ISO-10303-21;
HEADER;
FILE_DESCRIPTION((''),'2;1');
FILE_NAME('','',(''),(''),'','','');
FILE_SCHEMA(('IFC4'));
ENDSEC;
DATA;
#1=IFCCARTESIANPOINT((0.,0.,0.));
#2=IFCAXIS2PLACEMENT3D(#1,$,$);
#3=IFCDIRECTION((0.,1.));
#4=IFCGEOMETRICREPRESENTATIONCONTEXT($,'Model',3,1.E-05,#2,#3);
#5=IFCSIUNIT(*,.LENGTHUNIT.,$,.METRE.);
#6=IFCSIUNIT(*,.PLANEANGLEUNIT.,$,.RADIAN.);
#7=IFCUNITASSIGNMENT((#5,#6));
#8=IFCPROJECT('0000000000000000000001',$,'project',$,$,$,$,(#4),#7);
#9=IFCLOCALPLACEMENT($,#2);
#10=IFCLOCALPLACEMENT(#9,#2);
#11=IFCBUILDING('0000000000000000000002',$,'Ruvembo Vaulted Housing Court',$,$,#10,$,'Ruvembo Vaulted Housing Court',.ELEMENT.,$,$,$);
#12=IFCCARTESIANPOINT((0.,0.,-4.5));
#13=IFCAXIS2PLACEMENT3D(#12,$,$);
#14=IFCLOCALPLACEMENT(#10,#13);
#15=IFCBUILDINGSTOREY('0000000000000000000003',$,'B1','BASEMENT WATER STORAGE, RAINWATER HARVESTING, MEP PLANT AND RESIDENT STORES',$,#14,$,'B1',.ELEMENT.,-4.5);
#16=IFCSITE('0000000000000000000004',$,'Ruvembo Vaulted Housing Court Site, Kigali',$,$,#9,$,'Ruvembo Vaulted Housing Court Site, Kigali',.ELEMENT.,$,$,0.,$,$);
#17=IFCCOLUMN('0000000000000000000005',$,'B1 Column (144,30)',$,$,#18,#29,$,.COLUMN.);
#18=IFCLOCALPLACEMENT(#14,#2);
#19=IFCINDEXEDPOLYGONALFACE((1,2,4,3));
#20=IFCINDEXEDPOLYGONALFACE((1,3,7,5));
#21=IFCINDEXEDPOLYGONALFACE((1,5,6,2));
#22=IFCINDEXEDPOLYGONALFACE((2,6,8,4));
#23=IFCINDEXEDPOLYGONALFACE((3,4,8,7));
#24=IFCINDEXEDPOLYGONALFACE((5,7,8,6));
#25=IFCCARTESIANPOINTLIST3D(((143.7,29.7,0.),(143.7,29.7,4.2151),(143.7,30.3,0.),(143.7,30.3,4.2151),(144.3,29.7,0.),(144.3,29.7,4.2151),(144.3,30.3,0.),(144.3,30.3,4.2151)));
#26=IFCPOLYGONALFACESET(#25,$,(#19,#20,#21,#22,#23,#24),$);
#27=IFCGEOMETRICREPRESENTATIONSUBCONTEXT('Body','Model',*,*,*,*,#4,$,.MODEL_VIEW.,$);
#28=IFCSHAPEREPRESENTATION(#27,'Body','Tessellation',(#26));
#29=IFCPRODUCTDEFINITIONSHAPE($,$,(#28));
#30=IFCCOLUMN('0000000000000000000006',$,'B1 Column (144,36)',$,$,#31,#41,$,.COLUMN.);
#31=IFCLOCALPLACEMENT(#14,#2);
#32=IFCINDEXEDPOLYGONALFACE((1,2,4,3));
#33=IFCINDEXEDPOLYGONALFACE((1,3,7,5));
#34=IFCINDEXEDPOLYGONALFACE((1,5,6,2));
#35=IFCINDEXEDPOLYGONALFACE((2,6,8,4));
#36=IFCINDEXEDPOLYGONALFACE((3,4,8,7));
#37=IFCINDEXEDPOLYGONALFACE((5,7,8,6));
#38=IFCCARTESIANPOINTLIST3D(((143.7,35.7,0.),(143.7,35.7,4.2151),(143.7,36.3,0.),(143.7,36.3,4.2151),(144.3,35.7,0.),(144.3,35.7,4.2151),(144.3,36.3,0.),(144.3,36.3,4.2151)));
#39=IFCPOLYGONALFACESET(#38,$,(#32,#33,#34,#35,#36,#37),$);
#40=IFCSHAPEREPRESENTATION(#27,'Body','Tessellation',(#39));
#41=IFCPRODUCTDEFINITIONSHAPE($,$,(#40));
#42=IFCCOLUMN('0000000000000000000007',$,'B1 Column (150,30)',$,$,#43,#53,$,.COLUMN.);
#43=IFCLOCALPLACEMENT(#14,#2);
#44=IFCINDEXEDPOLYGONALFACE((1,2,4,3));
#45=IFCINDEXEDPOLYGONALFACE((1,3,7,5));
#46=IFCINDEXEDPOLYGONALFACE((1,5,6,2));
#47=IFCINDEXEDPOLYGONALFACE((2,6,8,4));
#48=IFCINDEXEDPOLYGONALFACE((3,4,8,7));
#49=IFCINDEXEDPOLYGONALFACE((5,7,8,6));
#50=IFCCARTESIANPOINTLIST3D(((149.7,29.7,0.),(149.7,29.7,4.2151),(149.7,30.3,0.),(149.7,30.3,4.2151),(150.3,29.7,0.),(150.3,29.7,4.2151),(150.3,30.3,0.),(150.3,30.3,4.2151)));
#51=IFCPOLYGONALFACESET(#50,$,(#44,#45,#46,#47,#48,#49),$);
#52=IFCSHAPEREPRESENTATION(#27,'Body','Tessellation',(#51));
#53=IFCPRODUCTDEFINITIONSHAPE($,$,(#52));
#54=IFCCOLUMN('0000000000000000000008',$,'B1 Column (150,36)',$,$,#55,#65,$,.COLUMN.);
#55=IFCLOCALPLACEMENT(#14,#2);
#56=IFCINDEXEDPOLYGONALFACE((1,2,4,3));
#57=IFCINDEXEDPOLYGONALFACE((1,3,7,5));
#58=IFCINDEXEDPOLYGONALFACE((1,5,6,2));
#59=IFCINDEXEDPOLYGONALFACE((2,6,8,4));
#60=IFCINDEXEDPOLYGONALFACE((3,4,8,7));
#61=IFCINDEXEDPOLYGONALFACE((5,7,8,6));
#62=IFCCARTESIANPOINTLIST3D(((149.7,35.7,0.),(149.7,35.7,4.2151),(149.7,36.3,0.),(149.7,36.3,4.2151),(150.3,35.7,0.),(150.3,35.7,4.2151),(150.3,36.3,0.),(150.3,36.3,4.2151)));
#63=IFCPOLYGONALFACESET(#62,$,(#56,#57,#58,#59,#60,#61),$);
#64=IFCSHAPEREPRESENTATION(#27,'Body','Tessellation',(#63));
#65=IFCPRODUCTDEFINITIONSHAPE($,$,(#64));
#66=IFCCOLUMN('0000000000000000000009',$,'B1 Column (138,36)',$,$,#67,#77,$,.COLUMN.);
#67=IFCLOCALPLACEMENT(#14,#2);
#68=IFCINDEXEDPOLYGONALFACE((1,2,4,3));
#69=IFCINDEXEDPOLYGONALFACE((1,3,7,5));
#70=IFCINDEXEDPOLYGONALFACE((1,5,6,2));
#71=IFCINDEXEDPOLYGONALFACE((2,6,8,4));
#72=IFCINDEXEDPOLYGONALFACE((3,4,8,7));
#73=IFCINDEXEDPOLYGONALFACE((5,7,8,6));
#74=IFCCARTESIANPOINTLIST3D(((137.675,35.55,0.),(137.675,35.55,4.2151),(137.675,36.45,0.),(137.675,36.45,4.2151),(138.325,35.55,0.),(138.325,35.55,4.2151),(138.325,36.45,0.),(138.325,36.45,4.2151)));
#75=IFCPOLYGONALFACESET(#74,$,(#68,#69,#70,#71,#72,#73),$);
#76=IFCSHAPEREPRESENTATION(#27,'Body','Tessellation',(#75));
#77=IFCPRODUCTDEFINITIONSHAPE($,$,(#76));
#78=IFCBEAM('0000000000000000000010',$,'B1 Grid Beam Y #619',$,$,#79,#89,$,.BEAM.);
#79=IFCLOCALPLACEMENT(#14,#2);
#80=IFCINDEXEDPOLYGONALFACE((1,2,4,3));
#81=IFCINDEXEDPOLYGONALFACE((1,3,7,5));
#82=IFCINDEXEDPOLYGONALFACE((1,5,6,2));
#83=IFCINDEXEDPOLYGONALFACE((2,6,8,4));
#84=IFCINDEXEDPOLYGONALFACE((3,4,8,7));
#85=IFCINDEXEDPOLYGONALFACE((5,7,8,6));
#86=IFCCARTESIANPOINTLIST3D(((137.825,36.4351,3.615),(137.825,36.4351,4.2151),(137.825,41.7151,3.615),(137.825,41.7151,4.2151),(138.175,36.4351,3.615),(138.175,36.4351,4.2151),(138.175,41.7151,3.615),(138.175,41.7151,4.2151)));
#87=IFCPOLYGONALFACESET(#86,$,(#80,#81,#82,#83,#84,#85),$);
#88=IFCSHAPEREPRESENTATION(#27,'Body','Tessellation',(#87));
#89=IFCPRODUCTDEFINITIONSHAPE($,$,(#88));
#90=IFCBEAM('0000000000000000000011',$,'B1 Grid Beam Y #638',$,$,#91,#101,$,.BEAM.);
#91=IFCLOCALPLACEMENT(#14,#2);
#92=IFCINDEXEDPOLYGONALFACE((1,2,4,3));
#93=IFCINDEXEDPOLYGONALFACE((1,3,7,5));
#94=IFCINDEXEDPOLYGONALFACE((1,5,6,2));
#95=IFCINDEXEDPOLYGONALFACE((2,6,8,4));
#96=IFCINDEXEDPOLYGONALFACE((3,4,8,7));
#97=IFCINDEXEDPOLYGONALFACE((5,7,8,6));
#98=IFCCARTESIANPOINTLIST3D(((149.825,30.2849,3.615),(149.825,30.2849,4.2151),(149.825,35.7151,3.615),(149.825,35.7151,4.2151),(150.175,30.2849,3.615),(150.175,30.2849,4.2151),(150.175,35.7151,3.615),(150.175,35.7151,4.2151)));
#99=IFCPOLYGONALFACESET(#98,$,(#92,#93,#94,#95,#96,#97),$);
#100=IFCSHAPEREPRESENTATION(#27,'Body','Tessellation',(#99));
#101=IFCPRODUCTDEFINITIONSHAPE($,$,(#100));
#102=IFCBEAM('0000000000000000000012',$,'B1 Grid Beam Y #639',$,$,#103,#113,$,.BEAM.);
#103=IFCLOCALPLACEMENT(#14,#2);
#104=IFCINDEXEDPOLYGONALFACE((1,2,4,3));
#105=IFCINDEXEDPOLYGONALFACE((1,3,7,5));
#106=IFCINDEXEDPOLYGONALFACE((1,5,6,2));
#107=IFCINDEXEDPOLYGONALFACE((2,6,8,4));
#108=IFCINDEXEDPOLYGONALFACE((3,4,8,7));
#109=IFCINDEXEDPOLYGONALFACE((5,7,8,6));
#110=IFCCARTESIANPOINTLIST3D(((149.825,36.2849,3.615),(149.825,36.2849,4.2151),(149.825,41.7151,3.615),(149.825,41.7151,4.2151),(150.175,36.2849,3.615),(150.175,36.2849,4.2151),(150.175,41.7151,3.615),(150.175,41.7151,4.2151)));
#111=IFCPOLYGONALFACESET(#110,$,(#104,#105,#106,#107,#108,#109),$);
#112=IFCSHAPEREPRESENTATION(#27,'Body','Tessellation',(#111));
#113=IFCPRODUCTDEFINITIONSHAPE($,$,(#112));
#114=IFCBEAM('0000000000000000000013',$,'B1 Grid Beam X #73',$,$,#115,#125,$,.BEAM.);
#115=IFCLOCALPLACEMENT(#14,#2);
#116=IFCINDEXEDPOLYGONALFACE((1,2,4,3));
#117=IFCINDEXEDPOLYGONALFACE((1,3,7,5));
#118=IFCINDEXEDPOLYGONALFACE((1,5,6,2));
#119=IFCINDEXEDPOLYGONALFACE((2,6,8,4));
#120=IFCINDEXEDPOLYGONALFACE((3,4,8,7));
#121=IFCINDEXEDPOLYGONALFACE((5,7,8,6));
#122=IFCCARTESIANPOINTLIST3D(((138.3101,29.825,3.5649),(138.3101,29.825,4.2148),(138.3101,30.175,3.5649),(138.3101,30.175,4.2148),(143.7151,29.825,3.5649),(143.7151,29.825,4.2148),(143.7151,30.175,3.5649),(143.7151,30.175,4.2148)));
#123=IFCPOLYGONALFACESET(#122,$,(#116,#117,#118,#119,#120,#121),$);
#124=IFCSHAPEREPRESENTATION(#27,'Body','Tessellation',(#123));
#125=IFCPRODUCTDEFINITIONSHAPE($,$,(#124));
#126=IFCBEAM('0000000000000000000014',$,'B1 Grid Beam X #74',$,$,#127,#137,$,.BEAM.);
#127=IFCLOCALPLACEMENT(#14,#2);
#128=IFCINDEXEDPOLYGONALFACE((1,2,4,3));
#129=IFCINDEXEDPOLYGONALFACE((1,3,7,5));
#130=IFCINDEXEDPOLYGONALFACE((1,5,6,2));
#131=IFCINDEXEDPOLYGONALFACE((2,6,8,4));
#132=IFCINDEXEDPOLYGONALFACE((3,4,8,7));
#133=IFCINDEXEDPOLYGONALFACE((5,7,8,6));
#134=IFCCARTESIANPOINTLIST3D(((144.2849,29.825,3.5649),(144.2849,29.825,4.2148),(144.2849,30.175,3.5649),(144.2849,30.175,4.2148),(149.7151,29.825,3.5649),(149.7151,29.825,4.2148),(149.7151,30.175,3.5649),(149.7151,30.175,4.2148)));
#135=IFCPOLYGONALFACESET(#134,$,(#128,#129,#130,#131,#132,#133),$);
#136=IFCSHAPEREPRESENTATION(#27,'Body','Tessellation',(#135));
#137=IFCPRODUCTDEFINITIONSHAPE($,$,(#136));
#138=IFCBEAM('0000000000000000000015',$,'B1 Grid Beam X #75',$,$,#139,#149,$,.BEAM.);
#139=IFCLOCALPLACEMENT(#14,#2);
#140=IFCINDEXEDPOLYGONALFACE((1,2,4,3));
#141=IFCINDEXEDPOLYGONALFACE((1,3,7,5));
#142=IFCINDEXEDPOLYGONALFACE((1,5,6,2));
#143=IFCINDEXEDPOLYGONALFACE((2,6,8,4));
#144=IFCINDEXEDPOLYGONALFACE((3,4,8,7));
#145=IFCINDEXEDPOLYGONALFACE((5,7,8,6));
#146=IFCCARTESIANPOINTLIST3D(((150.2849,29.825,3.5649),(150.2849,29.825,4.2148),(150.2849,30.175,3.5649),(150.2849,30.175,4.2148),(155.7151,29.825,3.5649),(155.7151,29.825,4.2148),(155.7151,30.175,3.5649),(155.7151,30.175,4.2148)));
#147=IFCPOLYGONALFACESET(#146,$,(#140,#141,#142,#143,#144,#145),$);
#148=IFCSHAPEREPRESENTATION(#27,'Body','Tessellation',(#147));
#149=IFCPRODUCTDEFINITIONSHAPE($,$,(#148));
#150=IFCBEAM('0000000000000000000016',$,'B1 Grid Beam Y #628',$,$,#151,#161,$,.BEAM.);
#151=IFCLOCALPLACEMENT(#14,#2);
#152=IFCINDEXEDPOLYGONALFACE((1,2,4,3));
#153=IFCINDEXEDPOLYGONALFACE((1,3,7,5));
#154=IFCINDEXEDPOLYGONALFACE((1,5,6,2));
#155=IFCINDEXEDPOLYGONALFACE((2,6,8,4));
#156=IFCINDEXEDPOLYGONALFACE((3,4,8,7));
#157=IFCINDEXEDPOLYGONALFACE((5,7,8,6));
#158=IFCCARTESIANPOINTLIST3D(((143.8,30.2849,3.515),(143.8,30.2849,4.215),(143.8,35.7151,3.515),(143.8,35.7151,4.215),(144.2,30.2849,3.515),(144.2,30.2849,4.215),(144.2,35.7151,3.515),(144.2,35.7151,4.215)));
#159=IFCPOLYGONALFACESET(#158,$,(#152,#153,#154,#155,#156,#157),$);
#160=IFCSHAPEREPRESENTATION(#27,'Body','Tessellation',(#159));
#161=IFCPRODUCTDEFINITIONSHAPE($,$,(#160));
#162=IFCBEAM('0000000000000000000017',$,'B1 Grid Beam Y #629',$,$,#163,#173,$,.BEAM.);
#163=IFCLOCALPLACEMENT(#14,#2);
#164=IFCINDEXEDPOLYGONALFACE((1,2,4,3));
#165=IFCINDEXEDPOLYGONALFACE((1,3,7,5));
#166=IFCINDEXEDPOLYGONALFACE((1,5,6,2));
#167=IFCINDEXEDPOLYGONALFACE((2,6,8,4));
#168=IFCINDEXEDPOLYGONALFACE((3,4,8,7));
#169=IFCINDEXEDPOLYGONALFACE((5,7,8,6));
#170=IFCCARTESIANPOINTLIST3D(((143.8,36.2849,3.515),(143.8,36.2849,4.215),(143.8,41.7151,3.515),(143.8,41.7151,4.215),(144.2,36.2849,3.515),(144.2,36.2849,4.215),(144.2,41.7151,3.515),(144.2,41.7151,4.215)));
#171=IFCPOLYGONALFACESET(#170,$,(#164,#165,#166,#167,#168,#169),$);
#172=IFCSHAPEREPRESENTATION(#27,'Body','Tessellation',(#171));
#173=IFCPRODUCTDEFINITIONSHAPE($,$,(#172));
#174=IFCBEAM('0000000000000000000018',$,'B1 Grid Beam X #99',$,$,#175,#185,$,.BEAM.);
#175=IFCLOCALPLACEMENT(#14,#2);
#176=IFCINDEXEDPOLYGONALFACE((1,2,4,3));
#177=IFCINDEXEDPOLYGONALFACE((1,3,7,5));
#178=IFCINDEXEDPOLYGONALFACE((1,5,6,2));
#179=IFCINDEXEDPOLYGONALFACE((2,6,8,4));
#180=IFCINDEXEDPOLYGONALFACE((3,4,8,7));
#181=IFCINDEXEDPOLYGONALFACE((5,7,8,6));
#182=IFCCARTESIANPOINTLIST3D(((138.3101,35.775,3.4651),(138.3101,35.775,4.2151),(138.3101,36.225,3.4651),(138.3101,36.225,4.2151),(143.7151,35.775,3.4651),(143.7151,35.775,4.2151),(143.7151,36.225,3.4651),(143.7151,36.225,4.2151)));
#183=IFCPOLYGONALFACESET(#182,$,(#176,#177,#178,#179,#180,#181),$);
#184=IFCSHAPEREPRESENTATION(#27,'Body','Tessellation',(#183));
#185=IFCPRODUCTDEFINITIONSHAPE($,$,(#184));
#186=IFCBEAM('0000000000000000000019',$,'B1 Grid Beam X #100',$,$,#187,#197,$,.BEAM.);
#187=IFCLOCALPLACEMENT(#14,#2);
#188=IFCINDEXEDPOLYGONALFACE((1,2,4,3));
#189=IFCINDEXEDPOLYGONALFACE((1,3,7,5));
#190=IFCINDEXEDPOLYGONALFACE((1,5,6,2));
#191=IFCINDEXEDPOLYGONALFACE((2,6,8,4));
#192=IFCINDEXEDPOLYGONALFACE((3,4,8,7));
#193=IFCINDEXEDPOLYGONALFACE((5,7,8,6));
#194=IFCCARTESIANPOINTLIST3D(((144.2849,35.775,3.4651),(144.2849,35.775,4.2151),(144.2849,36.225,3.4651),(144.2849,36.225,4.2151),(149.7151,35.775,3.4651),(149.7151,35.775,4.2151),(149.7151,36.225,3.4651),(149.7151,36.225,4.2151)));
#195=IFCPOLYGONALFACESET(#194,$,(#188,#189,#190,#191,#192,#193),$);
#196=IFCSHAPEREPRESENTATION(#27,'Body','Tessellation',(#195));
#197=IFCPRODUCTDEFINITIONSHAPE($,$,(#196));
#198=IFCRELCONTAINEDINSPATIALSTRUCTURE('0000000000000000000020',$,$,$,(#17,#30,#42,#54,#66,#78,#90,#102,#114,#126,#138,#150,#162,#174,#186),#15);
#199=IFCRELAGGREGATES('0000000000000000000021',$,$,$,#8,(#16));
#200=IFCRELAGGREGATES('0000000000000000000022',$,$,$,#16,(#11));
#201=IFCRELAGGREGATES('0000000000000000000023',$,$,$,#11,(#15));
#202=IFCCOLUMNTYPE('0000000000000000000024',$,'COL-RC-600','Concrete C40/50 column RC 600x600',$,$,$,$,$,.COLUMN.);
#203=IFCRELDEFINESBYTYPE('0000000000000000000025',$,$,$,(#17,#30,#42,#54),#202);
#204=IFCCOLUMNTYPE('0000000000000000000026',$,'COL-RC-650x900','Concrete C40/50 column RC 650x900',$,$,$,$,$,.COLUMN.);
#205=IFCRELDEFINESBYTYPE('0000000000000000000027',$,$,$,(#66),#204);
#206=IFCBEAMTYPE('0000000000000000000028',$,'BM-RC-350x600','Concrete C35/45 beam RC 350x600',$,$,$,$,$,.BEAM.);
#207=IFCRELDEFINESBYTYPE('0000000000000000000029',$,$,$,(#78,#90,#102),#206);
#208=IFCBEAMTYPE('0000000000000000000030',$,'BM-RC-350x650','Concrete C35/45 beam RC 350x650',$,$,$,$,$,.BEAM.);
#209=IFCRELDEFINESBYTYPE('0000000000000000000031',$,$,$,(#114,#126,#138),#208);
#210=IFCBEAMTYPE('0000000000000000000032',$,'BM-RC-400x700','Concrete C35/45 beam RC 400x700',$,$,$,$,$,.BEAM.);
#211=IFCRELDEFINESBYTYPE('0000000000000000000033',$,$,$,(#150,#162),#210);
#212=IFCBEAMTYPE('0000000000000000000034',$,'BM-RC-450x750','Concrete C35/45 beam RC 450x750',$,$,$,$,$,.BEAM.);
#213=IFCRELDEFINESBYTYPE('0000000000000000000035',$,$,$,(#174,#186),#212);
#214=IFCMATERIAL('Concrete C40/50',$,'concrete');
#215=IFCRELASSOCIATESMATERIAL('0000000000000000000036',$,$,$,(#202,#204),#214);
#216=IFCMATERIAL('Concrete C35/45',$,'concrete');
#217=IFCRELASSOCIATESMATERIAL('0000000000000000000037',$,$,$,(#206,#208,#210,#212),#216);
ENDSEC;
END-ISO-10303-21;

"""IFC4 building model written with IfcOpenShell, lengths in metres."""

from ifc_helpers import new_model, si_unit, direction, frame, origin, origin_2d, place, context, subcontext, project, spatial, rectangle, extrude, material, material_profile, profile_set, type_object, element, save


model = new_model("IFC4")

# Units and contexts
model_context = context("Model", 3, precision=1e-05, world=origin(), true_north=direction((0.0, 1.0)))
body_context = subcontext(model_context, "Body", "Model", "MODEL_VIEW")
ifc_project = project(units=[si_unit("LENGTHUNIT", "METRE"), si_unit("PLANEANGLEUNIT", "RADIAN")], contexts=[model_context])

# Site, building, storey
site_placement = place(None, origin())
site = spatial("IfcSite", under=ifc_project, at=site_placement, Name="Ruvembo Vaulted Housing Court Site, Kigali", LongName="Ruvembo Vaulted Housing Court Site, Kigali", CompositionType="ELEMENT", RefElevation=0.0)
building_placement = place(site_placement, origin())
building = spatial("IfcBuilding", under=site, at=building_placement, Name="Ruvembo Vaulted Housing Court", LongName="Ruvembo Vaulted Housing Court", CompositionType="ELEMENT")
storey_placement = place(building_placement, frame((0.0, 0.0, -4.5)))
storey = spatial("IfcBuildingStorey", under=building, at=storey_placement, Name="B1", Description="BASEMENT WATER STORAGE, RAINWATER HARVESTING, MEP PLANT AND RESIDENT STORES", LongName="B1", CompositionType="ELEMENT", Elevation=-4.5)

# Shared definitions
ifc_material_1 = material(Name="Concrete C35/45", Category="concrete")

# Columns
ifc_material_2 = material(Name="Concrete C40/50", Category="concrete")
ifc_material_profile_1 = material_profile(ifc_material_2, rectangle(XDim=0.6001, YDim=0.6001, at=origin_2d()), Name="RC 600x600")
ifc_profile_set_1 = profile_set([ifc_material_profile_1], Name="Concrete C40/50")
column_type_1 = type_object("IfcColumnType", Name="COL-RC-600", Description="Concrete C40/50 column RC 600x600", PredefinedType="COLUMN", material=ifc_profile_set_1)
for number, where, z_axis, x_axis, name in (
    (1, (144.0, 30.0, 0.0), (0.0, 0.0, 1.0), (1.0, 0.0, 0.0), "B1 Column (144,30)"),
    (2, (144.0, 36.0, 0.0), (0.0, 0.0, 1.0), (1.0, 0.0, 0.0), "B1 Column (144,36)"),
    (3, (150.0, 30.0, 0.0), (0.0, 0.0, 1.0), (1.0, 0.0, 0.0), "B1 Column (150,30)"),
    (4, (150.0, 36.0, 0.0), (0.0, 0.0, 1.0), (1.0, 0.0, 0.0), "B1 Column (150,36)"),
):
    element("IfcColumn", number, at=place(storey_placement, frame(where, z_axis=z_axis, x_axis=x_axis)), inside=storey, type_object=column_type_1, Name=name, PredefinedType="COLUMN", context=body_context, shape_type="SweptSolid", body=[
        extrude(rectangle(XDim=0.6001, YDim=0.6001, at=origin_2d()), origin(), (0.0, 0.0, 1.0), 4.2151),
    ])
ifc_material_profile_2 = material_profile(ifc_material_2, rectangle(XDim=0.6499, YDim=0.8999, at=origin_2d()), Name="RC 650x900")
ifc_profile_set_2 = profile_set([ifc_material_profile_2], Name="Concrete C40/50")
column_type_2 = type_object("IfcColumnType", Name="COL-RC-650x900", Description="Concrete C40/50 column RC 650x900", PredefinedType="COLUMN", material=ifc_profile_set_2)
column_placement = place(storey_placement, frame((138.0, 36.0, 0.0), z_axis=(0.0, 0.0, 1.0), x_axis=(1.0, 0.0, 0.0)))
element("IfcColumn", 5, at=column_placement, inside=storey, type_object=column_type_2, Name="B1 Column (138,36)", PredefinedType="COLUMN", context=body_context, shape_type="SweptSolid", body=[
    extrude(rectangle(XDim=0.6499, YDim=0.8999, at=origin_2d()), origin(), (0.0, 0.0, 1.0), 4.2151),
])

# Beams
ifc_material_profile_3 = material_profile(ifc_material_1, rectangle(XDim=0.3501, YDim=0.6001, at=origin_2d()), Name="RC 350x600")
ifc_profile_set_3 = profile_set([ifc_material_profile_3], Name="Concrete C35/45")
beam_type_1 = type_object("IfcBeamType", Name="BM-RC-350x600", Description="Concrete C35/45 beam RC 350x600", PredefinedType="BEAM", material=ifc_profile_set_3)
beam_1_placement = place(storey_placement, frame((138.0, 36.4351, 3.915), z_axis=(0.0, 1.0, 0.0), x_axis=(-1.0, 0.0, 0.0)))
element("IfcBeam", 6, at=beam_1_placement, inside=storey, type_object=beam_type_1, Name="B1 Grid Beam Y #619", PredefinedType="BEAM", context=body_context, shape_type="SweptSolid", body=[
    extrude(rectangle(XDim=0.3501, YDim=0.6001, at=origin_2d()), origin(), (0.0, 0.0, 1.0), 5.28),
])
for number, where, z_axis, x_axis, name in (
    (7, (150.0, 30.2849, 3.915), (0.0, 1.0, 0.0), (-1.0, 0.0, 0.0), "B1 Grid Beam Y #638"),
    (8, (150.0, 36.2849, 3.915), (0.0, 1.0, 0.0), (-1.0, 0.0, 0.0), "B1 Grid Beam Y #639"),
):
    element("IfcBeam", number, at=place(storey_placement, frame(where, z_axis=z_axis, x_axis=x_axis)), inside=storey, type_object=beam_type_1, Name=name, PredefinedType="BEAM", context=body_context, shape_type="SweptSolid", body=[
        extrude(rectangle(XDim=0.3501, YDim=0.6001, at=origin_2d()), origin(), (0.0, 0.0, 1.0), 5.4302),
    ])
ifc_material_profile_4 = material_profile(ifc_material_1, rectangle(XDim=0.3501, YDim=0.6499, at=origin_2d()), Name="RC 350x650")
ifc_profile_set_4 = profile_set([ifc_material_profile_4], Name="Concrete C35/45")
beam_type_2 = type_object("IfcBeamType", Name="BM-RC-350x650", Description="Concrete C35/45 beam RC 350x650", PredefinedType="BEAM", material=ifc_profile_set_4)
beam_2_placement = place(storey_placement, frame((138.3101, 30.0, 3.8899), z_axis=(1.0, 0.0, 0.0), x_axis=(0.0, 1.0, 0.0)))
element("IfcBeam", 9, at=beam_2_placement, inside=storey, type_object=beam_type_2, Name="B1 Grid Beam X #73", PredefinedType="BEAM", context=body_context, shape_type="SweptSolid", body=[
    extrude(rectangle(XDim=0.3501, YDim=0.6499, at=origin_2d()), origin(), (0.0, 0.0, 1.0), 5.405),
])
for number, where, z_axis, x_axis, name in (
    (10, (144.2849, 30.0, 3.8899), (1.0, 0.0, 0.0), (0.0, 1.0, 0.0), "B1 Grid Beam X #74"),
    (11, (150.2849, 30.0, 3.8899), (1.0, 0.0, 0.0), (0.0, 1.0, 0.0), "B1 Grid Beam X #75"),
):
    element("IfcBeam", number, at=place(storey_placement, frame(where, z_axis=z_axis, x_axis=x_axis)), inside=storey, type_object=beam_type_2, Name=name, PredefinedType="BEAM", context=body_context, shape_type="SweptSolid", body=[
        extrude(rectangle(XDim=0.3501, YDim=0.6499, at=origin_2d()), origin(), (0.0, 0.0, 1.0), 5.4302),
    ])
ifc_material_profile_5 = material_profile(ifc_material_1, rectangle(XDim=0.3999, YDim=0.7, at=origin_2d()), Name="RC 400x700")
ifc_profile_set_5 = profile_set([ifc_material_profile_5], Name="Concrete C35/45")
beam_type_3 = type_object("IfcBeamType", Name="BM-RC-400x700", Description="Concrete C35/45 beam RC 400x700", PredefinedType="BEAM", material=ifc_profile_set_5)
for number, where, z_axis, x_axis, name in (
    (12, (144.0, 30.2849, 3.865), (0.0, 1.0, 0.0), (-1.0, 0.0, 0.0), "B1 Grid Beam Y #628"),
    (13, (144.0, 36.2849, 3.865), (0.0, 1.0, 0.0), (-1.0, 0.0, 0.0), "B1 Grid Beam Y #629"),
):
    element("IfcBeam", number, at=place(storey_placement, frame(where, z_axis=z_axis, x_axis=x_axis)), inside=storey, type_object=beam_type_3, Name=name, PredefinedType="BEAM", context=body_context, shape_type="SweptSolid", body=[
        extrude(rectangle(XDim=0.3999, YDim=0.7, at=origin_2d()), origin(), (0.0, 0.0, 1.0), 5.4302),
    ])
ifc_material_profile_6 = material_profile(ifc_material_1, rectangle(XDim=0.45, YDim=0.75, at=origin_2d()), Name="RC 450x750")
ifc_profile_set_6 = profile_set([ifc_material_profile_6], Name="Concrete C35/45")
beam_type_4 = type_object("IfcBeamType", Name="BM-RC-450x750", Description="Concrete C35/45 beam RC 450x750", PredefinedType="BEAM", material=ifc_profile_set_6)
beam_3_placement = place(storey_placement, frame((138.3101, 36.0, 3.8401), z_axis=(1.0, 0.0, 0.0), x_axis=(0.0, 1.0, 0.0)))
element("IfcBeam", 14, at=beam_3_placement, inside=storey, type_object=beam_type_4, Name="B1 Grid Beam X #99", PredefinedType="BEAM", context=body_context, shape_type="SweptSolid", body=[
    extrude(rectangle(XDim=0.45, YDim=0.75, at=origin_2d()), origin(), (0.0, 0.0, 1.0), 5.405),
])
beam_4_placement = place(storey_placement, frame((144.2849, 36.0, 3.8401), z_axis=(1.0, 0.0, 0.0), x_axis=(0.0, 1.0, 0.0)))
element("IfcBeam", 15, at=beam_4_placement, inside=storey, type_object=beam_type_4, Name="B1 Grid Beam X #100", PredefinedType="BEAM", context=body_context, shape_type="SweptSolid", body=[
    extrude(rectangle(XDim=0.45, YDim=0.75, at=origin_2d()), origin(), (0.0, 0.0, 1.0), 5.4302),
])

save(model, "model.ifc")
